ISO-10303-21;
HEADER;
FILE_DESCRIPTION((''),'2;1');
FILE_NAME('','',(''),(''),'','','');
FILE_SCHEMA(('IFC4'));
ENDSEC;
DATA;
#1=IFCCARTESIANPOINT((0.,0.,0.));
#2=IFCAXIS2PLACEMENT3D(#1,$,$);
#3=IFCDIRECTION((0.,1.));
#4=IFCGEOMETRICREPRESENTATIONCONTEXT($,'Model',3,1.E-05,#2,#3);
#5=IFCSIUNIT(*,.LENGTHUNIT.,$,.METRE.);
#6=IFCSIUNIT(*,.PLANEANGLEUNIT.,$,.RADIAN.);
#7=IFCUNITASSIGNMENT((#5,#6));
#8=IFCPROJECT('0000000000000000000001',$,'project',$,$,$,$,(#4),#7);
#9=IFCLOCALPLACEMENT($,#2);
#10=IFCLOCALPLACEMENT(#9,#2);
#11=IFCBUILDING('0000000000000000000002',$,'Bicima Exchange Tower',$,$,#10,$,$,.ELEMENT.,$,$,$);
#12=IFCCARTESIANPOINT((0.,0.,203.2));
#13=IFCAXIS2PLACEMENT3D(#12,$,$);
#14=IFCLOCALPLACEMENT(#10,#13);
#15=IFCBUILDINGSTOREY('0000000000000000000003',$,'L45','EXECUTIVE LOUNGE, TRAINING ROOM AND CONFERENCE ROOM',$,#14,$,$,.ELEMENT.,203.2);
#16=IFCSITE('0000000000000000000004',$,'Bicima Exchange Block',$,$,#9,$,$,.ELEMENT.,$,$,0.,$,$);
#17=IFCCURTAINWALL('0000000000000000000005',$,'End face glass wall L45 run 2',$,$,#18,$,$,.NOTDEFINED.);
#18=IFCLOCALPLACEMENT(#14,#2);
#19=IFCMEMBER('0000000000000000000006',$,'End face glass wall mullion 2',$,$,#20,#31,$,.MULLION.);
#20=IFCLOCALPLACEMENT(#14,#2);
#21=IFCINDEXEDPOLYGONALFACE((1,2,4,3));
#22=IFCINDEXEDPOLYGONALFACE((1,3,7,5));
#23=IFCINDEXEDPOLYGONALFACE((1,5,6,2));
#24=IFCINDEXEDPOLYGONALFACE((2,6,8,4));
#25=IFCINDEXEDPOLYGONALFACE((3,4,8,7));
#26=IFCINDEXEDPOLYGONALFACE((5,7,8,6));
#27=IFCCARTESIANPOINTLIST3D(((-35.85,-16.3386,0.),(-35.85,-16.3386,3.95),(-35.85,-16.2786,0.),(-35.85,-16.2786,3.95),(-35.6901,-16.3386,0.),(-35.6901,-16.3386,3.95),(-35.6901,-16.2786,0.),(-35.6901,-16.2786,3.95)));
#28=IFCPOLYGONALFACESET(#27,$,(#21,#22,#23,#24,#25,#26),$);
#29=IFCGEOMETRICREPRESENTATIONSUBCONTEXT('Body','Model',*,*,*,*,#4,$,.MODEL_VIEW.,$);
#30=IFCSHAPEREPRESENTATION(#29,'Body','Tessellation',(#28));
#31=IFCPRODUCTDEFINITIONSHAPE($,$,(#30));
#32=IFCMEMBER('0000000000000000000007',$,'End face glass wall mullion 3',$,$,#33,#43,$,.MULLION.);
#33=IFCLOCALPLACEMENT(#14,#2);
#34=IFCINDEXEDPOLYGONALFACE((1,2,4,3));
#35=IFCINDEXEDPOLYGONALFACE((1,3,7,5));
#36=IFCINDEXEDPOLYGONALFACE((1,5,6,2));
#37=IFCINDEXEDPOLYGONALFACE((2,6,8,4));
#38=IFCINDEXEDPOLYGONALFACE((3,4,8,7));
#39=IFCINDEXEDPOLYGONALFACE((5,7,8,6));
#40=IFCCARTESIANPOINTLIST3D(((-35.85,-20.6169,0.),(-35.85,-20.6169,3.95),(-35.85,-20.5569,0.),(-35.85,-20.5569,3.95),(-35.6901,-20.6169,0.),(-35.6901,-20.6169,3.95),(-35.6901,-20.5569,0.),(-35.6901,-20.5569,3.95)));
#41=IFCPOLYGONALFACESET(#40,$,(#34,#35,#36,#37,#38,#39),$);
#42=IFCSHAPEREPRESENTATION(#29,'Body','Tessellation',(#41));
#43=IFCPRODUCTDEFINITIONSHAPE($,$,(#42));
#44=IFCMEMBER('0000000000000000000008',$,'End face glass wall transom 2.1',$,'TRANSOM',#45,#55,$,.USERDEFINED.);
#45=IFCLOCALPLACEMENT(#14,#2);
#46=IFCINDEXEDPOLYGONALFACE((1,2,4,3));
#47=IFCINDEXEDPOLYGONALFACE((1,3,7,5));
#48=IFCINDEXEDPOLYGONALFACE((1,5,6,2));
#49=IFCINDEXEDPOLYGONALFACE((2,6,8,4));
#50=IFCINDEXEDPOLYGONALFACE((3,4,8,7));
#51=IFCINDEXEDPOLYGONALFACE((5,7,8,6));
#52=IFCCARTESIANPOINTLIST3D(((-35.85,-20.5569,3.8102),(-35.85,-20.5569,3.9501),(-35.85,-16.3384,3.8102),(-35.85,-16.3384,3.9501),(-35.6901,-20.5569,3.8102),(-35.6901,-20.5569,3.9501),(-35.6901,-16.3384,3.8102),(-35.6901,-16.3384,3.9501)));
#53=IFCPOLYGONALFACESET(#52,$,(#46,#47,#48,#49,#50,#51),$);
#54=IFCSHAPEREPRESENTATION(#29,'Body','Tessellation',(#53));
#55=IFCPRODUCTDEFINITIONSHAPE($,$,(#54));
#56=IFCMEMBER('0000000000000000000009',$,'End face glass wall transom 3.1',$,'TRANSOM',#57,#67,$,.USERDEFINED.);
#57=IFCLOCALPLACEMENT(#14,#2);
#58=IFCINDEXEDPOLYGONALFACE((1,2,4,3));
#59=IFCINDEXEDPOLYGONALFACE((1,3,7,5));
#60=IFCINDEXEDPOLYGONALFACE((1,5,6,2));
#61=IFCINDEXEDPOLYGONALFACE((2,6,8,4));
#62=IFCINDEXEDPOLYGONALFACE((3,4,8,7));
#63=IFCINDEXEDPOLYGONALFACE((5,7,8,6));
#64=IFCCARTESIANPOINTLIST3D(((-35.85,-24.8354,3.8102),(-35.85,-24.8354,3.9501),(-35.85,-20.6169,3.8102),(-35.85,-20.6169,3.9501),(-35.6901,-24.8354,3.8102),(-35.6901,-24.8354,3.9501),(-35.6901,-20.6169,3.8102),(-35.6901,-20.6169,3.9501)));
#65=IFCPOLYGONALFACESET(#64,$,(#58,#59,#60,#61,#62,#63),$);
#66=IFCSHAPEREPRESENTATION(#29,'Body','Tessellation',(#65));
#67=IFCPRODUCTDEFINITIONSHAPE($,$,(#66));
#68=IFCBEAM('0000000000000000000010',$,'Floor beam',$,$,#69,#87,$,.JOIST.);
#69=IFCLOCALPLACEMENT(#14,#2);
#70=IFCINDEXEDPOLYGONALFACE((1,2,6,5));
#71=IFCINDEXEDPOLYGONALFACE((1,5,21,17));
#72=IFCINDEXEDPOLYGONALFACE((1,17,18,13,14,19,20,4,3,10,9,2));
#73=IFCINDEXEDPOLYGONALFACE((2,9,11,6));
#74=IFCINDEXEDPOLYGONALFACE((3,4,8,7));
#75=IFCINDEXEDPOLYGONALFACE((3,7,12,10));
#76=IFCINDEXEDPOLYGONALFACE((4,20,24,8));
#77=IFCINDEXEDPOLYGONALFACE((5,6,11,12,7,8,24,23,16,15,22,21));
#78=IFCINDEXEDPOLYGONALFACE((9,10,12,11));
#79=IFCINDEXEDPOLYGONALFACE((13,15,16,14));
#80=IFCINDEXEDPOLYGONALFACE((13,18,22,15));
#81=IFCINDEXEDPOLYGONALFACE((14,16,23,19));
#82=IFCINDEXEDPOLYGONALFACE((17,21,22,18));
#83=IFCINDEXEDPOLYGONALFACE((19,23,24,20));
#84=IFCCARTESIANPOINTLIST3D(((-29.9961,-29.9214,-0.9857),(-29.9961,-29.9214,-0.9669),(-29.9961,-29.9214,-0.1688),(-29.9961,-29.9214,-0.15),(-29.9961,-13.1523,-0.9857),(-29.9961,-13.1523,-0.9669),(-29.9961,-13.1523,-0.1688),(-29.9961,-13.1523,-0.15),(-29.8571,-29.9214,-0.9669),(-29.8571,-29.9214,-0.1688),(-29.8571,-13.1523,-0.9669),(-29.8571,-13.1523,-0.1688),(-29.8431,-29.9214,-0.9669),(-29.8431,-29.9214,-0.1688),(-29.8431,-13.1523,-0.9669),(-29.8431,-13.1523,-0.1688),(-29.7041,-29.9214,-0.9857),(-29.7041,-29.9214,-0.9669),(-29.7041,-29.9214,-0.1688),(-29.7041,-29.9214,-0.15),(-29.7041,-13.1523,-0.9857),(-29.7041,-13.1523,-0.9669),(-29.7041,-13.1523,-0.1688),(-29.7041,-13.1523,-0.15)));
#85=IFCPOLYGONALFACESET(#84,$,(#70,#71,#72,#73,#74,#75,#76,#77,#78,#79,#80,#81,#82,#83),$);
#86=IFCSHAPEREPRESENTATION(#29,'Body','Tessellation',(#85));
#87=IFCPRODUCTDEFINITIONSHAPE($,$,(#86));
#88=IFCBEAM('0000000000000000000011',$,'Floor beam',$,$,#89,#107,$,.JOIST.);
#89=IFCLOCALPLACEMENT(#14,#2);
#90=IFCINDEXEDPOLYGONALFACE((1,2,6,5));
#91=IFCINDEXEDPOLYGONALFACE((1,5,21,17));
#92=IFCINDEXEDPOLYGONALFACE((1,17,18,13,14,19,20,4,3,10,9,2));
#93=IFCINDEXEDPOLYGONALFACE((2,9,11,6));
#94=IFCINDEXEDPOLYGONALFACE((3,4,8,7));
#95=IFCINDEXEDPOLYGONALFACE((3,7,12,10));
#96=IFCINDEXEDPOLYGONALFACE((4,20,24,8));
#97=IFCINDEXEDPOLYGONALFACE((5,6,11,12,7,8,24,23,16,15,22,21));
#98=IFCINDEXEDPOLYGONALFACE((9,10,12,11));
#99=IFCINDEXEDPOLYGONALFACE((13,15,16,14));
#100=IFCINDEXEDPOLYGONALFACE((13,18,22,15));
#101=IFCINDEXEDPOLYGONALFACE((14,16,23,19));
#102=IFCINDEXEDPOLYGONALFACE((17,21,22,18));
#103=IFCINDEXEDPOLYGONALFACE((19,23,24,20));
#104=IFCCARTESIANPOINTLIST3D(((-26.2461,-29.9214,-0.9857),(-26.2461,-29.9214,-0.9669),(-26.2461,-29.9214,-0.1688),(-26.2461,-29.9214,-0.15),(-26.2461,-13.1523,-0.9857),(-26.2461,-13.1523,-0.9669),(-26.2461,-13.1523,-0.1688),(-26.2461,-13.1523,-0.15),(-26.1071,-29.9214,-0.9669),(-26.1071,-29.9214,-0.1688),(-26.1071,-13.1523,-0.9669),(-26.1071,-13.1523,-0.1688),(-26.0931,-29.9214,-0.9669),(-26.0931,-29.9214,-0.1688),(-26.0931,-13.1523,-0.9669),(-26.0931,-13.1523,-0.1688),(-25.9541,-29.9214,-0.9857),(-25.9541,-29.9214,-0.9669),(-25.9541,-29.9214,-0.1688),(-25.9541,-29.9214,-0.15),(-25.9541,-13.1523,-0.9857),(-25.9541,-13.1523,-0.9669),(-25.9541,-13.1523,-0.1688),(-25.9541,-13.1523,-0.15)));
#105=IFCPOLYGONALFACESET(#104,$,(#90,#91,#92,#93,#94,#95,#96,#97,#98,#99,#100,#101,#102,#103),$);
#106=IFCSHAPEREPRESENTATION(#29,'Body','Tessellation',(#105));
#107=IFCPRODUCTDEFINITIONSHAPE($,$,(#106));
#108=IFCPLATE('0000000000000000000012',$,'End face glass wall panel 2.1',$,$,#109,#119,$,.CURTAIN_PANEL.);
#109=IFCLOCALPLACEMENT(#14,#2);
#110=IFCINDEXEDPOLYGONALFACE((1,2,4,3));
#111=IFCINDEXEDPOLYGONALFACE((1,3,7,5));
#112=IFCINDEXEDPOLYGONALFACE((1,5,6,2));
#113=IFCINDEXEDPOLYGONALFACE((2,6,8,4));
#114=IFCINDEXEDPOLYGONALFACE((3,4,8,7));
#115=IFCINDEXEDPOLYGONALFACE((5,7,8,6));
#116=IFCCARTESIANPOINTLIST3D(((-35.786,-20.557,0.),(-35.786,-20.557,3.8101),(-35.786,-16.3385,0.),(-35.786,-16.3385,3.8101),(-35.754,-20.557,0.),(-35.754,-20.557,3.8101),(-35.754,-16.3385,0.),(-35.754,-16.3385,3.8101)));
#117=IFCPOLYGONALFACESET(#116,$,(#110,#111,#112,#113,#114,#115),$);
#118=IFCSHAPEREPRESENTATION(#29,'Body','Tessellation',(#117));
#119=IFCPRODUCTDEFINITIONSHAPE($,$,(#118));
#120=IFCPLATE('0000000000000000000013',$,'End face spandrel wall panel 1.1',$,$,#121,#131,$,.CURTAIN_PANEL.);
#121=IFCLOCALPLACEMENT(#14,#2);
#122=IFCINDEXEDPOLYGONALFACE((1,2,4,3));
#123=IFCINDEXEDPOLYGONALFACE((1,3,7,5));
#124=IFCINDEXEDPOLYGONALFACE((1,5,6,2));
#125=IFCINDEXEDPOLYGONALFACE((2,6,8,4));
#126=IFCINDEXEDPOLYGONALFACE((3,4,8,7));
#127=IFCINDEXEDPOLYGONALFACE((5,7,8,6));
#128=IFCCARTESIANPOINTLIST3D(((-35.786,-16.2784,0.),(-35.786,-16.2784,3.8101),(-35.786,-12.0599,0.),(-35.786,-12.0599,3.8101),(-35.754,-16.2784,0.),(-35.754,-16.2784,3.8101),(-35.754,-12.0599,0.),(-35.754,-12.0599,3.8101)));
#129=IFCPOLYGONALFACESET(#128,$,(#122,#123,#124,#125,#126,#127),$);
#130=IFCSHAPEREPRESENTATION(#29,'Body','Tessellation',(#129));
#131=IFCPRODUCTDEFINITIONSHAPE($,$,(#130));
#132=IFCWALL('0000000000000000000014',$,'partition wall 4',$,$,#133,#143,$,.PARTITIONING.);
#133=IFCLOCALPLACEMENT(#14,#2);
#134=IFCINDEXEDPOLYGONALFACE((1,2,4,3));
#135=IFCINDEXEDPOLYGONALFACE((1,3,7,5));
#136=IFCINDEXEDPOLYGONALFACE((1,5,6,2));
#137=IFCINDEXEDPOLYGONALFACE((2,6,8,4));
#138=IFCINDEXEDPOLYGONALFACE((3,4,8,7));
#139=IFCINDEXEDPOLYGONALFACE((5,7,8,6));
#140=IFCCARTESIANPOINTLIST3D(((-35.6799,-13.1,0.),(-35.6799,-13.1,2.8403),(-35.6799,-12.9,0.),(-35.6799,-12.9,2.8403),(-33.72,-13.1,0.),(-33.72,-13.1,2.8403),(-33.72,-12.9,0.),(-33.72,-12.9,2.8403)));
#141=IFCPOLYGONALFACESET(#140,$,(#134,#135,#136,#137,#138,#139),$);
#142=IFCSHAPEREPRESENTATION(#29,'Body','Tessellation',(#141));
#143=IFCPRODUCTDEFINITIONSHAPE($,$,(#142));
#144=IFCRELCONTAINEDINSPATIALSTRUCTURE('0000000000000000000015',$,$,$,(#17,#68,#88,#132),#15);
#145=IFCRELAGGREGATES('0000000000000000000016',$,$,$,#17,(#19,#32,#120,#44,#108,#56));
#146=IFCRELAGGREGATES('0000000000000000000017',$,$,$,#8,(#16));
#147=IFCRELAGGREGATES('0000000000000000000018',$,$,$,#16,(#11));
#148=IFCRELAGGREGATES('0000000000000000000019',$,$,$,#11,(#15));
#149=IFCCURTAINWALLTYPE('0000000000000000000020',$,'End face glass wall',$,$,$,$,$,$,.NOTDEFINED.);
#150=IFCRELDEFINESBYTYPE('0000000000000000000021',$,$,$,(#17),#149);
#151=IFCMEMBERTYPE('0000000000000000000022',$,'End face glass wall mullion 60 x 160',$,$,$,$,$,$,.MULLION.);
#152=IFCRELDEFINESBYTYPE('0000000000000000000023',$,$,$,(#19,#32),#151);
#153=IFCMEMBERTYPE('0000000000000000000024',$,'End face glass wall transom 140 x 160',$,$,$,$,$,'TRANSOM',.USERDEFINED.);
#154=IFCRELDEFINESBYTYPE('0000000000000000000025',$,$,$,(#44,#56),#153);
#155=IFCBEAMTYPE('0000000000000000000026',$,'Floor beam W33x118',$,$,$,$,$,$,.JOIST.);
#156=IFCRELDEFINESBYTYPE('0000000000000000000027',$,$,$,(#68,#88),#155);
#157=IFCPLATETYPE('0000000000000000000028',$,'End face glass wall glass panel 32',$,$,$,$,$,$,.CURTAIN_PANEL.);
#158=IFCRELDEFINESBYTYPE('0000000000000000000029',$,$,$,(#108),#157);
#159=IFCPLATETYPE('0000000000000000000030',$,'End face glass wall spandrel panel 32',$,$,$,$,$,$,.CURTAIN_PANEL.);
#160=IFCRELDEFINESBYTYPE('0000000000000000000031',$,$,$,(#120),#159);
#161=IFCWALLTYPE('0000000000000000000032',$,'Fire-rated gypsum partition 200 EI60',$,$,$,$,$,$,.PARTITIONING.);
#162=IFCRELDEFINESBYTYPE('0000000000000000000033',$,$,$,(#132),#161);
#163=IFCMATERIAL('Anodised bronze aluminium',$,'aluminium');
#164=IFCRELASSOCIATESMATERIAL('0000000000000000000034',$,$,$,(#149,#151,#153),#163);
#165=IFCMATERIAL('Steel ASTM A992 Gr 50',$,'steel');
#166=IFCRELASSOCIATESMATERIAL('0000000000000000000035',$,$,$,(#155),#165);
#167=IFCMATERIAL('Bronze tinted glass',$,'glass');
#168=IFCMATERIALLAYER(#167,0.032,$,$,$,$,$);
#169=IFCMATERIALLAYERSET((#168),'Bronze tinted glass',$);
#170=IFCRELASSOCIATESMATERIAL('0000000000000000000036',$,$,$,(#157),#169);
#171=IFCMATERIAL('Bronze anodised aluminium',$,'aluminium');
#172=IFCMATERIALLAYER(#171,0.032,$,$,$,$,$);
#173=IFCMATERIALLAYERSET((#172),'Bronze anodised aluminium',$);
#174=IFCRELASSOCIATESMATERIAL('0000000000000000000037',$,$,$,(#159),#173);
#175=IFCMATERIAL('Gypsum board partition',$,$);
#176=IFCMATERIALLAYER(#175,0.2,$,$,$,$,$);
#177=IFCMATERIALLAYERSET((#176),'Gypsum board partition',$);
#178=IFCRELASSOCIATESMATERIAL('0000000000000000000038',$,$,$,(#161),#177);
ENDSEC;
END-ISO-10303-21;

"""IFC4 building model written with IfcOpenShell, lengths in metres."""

from ifc_helpers import new_model, si_unit, direction, frame, frame_2d, origin, origin_2d, place, context, subcontext, project, spatial, rectangle, i_section, extrude, material, layer, layer_set, material_profile, profile_set, type_object, element, aggregate, save


model = new_model("IFC4")

# Units and contexts
model_context = context("Model", 3, precision=1e-05, world=origin(), true_north=direction((0.0, 1.0)))
body_context = subcontext(model_context, "Body", "Model", "MODEL_VIEW")
ifc_project = project(units=[si_unit("LENGTHUNIT", "METRE"), si_unit("PLANEANGLEUNIT", "RADIAN")], contexts=[model_context])

# Site, building, storey
site_placement = place(None, origin())
site = spatial("IfcSite", under=ifc_project, at=site_placement, Name="Bicima Exchange Block", CompositionType="ELEMENT", RefElevation=0.0)
building_placement = place(site_placement, origin())
building = spatial("IfcBuilding", under=site, at=building_placement, Name="Bicima Exchange Tower", CompositionType="ELEMENT")
storey_placement = place(building_placement, frame((0.0, 0.0, 203.2)))
storey = spatial("IfcBuildingStorey", under=building, at=storey_placement, Name="L45", Description="EXECUTIVE LOUNGE, TRAINING ROOM AND CONFERENCE ROOM", CompositionType="ELEMENT", Elevation=203.2)

# Curtain wall, members
ifc_material_1 = material(Name="Anodised bronze aluminium", Category="aluminium")
curtain_wall_type = type_object("IfcCurtainWallType", Name="End face glass wall", PredefinedType="NOTDEFINED", material=ifc_material_1)
curtain_wall_placement = place(storey_placement, origin())
curtain_wall = element("IfcCurtainWall", 1, at=curtain_wall_placement, inside=storey, type_object=curtain_wall_type, Name="End face glass wall L45 run 2", PredefinedType="NOTDEFINED")
ifc_material_profile_1 = material_profile(ifc_material_1, rectangle(XDim=0.1599, YDim=0.0601, at=origin_2d()))
ifc_profile_set_1 = profile_set([ifc_material_profile_1], Name="Anodised bronze aluminium")
member_type_1 = type_object("IfcMemberType", Name="End face glass wall mullion 60 x 160", PredefinedType="MULLION", material=ifc_profile_set_1)
member_1_placement = place(storey_placement, frame((-35.77, -16.3086, 0.0), z_axis=(0.0, 0.0, 1.0), x_axis=(1.0, 0.0, 0.0)))
member_1 = element("IfcMember", 2, at=member_1_placement, type_object=member_type_1, Name="End face glass wall mullion 2", PredefinedType="MULLION", context=body_context, shape_type="SweptSolid", body=[
    extrude(rectangle(XDim=0.1599, YDim=0.0601, at=origin_2d()), origin(), (0.0, 0.0, 1.0), 3.95),
])
member_2_placement = place(storey_placement, frame((-35.77, -20.5869, 0.0), z_axis=(0.0, 0.0, 1.0), x_axis=(1.0, 0.0, 0.0)))
member_2 = element("IfcMember", 3, at=member_2_placement, type_object=member_type_1, Name="End face glass wall mullion 3", PredefinedType="MULLION", context=body_context, shape_type="SweptSolid", body=[
    extrude(rectangle(XDim=0.1599, YDim=0.0601, at=origin_2d()), origin(), (0.0, 0.0, 1.0), 3.95),
])
ifc_material_profile_2 = material_profile(ifc_material_1, rectangle(XDim=0.1599, YDim=0.1399, at=origin_2d()))
ifc_profile_set_2 = profile_set([ifc_material_profile_2], Name="Anodised bronze aluminium")
member_type_2 = type_object("IfcMemberType", Name="End face glass wall transom 140 x 160", ElementType="TRANSOM", PredefinedType="USERDEFINED", material=ifc_profile_set_2)
member_3_placement = place(storey_placement, frame((-35.77, -16.3384, 3.8801), z_axis=(0.0, -1.0, 0.0), x_axis=(1.0, 0.0, 0.0)))
member_3 = element("IfcMember", 4, at=member_3_placement, type_object=member_type_2, Name="End face glass wall transom 2.1", ObjectType="TRANSOM", PredefinedType="USERDEFINED", context=body_context, shape_type="SweptSolid", body=[
    extrude(rectangle(XDim=0.1599, YDim=0.1399, at=origin_2d()), origin(), (0.0, 0.0, 1.0), 4.2185),
])
member_4_placement = place(storey_placement, frame((-35.77, -20.6169, 3.8801), z_axis=(0.0, -1.0, 0.0), x_axis=(1.0, 0.0, 0.0)))
member_4 = element("IfcMember", 5, at=member_4_placement, type_object=member_type_2, Name="End face glass wall transom 3.1", ObjectType="TRANSOM", PredefinedType="USERDEFINED", context=body_context, shape_type="SweptSolid", body=[
    extrude(rectangle(XDim=0.1599, YDim=0.1399, at=origin_2d()), origin(), (0.0, 0.0, 1.0), 4.2185),
])

# Beams
ifc_material_2 = material(Name="Steel ASTM A992 Gr 50", Category="steel")
ifc_material_profile_3 = material_profile(ifc_material_2, i_section(OverallWidth=0.292, OverallDepth=0.8357, WebThickness=0.0139, FlangeThickness=0.0188, at=origin_2d()))
ifc_profile_set_3 = profile_set([ifc_material_profile_3], Name="Steel ASTM A992 Gr 50")
beam_type = type_object("IfcBeamType", Name="Floor beam W33x118", PredefinedType="JOIST", material=ifc_profile_set_3)
for number, where, z_axis, x_axis, name in (
    (6, (-29.8501, -13.1523, -0.5679), (0.0, -1.0, 0.0), (1.0, 0.0, 0.0), "Floor beam"),
    (7, (-26.1001, -13.1523, -0.5679), (0.0, -1.0, 0.0), (1.0, 0.0, 0.0), "Floor beam"),
):
    element("IfcBeam", number, at=place(storey_placement, frame(where, z_axis=z_axis, x_axis=x_axis)), inside=storey, type_object=beam_type, Name=name, PredefinedType="JOIST", context=body_context, shape_type="SweptSolid", body=[
        extrude(i_section(OverallWidth=0.292, OverallDepth=0.8357, WebThickness=0.0139, FlangeThickness=0.0188, at=origin_2d()), origin(), (0.0, 0.0, 1.0), 16.769),
    ])

# Plates
ifc_material_3 = material(Name="Bronze tinted glass", Category="glass")
ifc_layer_1 = layer(ifc_material_3, 0.032)
ifc_layer_set_1 = layer_set([ifc_layer_1], Name="Bronze tinted glass")
plate_type_1 = type_object("IfcPlateType", Name="End face glass wall glass panel 32", PredefinedType="CURTAIN_PANEL", material=ifc_layer_set_1)
plate_1_placement = place(storey_placement, frame((-35.77, -18.4478, 0.0), z_axis=(0.0, 0.0, 1.0), x_axis=(0.0, -1.0, 0.0)))
plate_1 = element("IfcPlate", 8, at=plate_1_placement, type_object=plate_type_1, Name="End face glass wall panel 2.1", PredefinedType="CURTAIN_PANEL", context=body_context, shape_type="SweptSolid", body=[
    extrude(rectangle(XDim=4.2185, YDim=0.032, at=origin_2d()), origin(), (0.0, 0.0, 1.0), 3.8101),
])
ifc_material_4 = material(Name="Bronze anodised aluminium", Category="aluminium")
ifc_layer_2 = layer(ifc_material_4, 0.032)
ifc_layer_set_2 = layer_set([ifc_layer_2], Name="Bronze anodised aluminium")
plate_type_2 = type_object("IfcPlateType", Name="End face glass wall spandrel panel 32", PredefinedType="CURTAIN_PANEL", material=ifc_layer_set_2)
plate_2_placement = place(storey_placement, frame((-35.77, -14.1692, 0.0), z_axis=(0.0, 0.0, 1.0), x_axis=(0.0, -1.0, 0.0)))
plate_2 = element("IfcPlate", 9, at=plate_2_placement, type_object=plate_type_2, Name="End face spandrel wall panel 1.1", PredefinedType="CURTAIN_PANEL", context=body_context, shape_type="SweptSolid", body=[
    extrude(rectangle(XDim=4.2185, YDim=0.032, at=origin_2d()), origin(), (0.0, 0.0, 1.0), 3.8101),
])
aggregate(curtain_wall, [member_1, member_2, plate_2, member_3, plate_1, member_4])

# Shared definitions
ifc_material_5 = material(Name="Gypsum board partition")
ifc_layer_3 = layer(ifc_material_5, 0.2)
ifc_layer_set_3 = layer_set([ifc_layer_3], Name="Gypsum board partition")
wall_type = type_object("IfcWallType", Name="Fire-rated gypsum partition 200 EI60", PredefinedType="PARTITIONING", material=ifc_layer_set_3)

# Wall
wall_1_placement = place(storey_placement, frame((-35.6799, -13.0, 0.0), z_axis=(0.0, 0.0, 1.0), x_axis=(1.0, 0.0, 0.0)))
element("IfcWall", 10, at=wall_1_placement, inside=storey, type_object=wall_type, Name="partition wall 4", PredefinedType="PARTITIONING", context=body_context, shape_type="SweptSolid", body=[
    extrude(rectangle(XDim=1.96, YDim=0.2, at=frame_2d((0.98, 0.0))), origin(), (0.0, 0.0, 1.0), 2.8403),
])

save(model, "model.ifc")
